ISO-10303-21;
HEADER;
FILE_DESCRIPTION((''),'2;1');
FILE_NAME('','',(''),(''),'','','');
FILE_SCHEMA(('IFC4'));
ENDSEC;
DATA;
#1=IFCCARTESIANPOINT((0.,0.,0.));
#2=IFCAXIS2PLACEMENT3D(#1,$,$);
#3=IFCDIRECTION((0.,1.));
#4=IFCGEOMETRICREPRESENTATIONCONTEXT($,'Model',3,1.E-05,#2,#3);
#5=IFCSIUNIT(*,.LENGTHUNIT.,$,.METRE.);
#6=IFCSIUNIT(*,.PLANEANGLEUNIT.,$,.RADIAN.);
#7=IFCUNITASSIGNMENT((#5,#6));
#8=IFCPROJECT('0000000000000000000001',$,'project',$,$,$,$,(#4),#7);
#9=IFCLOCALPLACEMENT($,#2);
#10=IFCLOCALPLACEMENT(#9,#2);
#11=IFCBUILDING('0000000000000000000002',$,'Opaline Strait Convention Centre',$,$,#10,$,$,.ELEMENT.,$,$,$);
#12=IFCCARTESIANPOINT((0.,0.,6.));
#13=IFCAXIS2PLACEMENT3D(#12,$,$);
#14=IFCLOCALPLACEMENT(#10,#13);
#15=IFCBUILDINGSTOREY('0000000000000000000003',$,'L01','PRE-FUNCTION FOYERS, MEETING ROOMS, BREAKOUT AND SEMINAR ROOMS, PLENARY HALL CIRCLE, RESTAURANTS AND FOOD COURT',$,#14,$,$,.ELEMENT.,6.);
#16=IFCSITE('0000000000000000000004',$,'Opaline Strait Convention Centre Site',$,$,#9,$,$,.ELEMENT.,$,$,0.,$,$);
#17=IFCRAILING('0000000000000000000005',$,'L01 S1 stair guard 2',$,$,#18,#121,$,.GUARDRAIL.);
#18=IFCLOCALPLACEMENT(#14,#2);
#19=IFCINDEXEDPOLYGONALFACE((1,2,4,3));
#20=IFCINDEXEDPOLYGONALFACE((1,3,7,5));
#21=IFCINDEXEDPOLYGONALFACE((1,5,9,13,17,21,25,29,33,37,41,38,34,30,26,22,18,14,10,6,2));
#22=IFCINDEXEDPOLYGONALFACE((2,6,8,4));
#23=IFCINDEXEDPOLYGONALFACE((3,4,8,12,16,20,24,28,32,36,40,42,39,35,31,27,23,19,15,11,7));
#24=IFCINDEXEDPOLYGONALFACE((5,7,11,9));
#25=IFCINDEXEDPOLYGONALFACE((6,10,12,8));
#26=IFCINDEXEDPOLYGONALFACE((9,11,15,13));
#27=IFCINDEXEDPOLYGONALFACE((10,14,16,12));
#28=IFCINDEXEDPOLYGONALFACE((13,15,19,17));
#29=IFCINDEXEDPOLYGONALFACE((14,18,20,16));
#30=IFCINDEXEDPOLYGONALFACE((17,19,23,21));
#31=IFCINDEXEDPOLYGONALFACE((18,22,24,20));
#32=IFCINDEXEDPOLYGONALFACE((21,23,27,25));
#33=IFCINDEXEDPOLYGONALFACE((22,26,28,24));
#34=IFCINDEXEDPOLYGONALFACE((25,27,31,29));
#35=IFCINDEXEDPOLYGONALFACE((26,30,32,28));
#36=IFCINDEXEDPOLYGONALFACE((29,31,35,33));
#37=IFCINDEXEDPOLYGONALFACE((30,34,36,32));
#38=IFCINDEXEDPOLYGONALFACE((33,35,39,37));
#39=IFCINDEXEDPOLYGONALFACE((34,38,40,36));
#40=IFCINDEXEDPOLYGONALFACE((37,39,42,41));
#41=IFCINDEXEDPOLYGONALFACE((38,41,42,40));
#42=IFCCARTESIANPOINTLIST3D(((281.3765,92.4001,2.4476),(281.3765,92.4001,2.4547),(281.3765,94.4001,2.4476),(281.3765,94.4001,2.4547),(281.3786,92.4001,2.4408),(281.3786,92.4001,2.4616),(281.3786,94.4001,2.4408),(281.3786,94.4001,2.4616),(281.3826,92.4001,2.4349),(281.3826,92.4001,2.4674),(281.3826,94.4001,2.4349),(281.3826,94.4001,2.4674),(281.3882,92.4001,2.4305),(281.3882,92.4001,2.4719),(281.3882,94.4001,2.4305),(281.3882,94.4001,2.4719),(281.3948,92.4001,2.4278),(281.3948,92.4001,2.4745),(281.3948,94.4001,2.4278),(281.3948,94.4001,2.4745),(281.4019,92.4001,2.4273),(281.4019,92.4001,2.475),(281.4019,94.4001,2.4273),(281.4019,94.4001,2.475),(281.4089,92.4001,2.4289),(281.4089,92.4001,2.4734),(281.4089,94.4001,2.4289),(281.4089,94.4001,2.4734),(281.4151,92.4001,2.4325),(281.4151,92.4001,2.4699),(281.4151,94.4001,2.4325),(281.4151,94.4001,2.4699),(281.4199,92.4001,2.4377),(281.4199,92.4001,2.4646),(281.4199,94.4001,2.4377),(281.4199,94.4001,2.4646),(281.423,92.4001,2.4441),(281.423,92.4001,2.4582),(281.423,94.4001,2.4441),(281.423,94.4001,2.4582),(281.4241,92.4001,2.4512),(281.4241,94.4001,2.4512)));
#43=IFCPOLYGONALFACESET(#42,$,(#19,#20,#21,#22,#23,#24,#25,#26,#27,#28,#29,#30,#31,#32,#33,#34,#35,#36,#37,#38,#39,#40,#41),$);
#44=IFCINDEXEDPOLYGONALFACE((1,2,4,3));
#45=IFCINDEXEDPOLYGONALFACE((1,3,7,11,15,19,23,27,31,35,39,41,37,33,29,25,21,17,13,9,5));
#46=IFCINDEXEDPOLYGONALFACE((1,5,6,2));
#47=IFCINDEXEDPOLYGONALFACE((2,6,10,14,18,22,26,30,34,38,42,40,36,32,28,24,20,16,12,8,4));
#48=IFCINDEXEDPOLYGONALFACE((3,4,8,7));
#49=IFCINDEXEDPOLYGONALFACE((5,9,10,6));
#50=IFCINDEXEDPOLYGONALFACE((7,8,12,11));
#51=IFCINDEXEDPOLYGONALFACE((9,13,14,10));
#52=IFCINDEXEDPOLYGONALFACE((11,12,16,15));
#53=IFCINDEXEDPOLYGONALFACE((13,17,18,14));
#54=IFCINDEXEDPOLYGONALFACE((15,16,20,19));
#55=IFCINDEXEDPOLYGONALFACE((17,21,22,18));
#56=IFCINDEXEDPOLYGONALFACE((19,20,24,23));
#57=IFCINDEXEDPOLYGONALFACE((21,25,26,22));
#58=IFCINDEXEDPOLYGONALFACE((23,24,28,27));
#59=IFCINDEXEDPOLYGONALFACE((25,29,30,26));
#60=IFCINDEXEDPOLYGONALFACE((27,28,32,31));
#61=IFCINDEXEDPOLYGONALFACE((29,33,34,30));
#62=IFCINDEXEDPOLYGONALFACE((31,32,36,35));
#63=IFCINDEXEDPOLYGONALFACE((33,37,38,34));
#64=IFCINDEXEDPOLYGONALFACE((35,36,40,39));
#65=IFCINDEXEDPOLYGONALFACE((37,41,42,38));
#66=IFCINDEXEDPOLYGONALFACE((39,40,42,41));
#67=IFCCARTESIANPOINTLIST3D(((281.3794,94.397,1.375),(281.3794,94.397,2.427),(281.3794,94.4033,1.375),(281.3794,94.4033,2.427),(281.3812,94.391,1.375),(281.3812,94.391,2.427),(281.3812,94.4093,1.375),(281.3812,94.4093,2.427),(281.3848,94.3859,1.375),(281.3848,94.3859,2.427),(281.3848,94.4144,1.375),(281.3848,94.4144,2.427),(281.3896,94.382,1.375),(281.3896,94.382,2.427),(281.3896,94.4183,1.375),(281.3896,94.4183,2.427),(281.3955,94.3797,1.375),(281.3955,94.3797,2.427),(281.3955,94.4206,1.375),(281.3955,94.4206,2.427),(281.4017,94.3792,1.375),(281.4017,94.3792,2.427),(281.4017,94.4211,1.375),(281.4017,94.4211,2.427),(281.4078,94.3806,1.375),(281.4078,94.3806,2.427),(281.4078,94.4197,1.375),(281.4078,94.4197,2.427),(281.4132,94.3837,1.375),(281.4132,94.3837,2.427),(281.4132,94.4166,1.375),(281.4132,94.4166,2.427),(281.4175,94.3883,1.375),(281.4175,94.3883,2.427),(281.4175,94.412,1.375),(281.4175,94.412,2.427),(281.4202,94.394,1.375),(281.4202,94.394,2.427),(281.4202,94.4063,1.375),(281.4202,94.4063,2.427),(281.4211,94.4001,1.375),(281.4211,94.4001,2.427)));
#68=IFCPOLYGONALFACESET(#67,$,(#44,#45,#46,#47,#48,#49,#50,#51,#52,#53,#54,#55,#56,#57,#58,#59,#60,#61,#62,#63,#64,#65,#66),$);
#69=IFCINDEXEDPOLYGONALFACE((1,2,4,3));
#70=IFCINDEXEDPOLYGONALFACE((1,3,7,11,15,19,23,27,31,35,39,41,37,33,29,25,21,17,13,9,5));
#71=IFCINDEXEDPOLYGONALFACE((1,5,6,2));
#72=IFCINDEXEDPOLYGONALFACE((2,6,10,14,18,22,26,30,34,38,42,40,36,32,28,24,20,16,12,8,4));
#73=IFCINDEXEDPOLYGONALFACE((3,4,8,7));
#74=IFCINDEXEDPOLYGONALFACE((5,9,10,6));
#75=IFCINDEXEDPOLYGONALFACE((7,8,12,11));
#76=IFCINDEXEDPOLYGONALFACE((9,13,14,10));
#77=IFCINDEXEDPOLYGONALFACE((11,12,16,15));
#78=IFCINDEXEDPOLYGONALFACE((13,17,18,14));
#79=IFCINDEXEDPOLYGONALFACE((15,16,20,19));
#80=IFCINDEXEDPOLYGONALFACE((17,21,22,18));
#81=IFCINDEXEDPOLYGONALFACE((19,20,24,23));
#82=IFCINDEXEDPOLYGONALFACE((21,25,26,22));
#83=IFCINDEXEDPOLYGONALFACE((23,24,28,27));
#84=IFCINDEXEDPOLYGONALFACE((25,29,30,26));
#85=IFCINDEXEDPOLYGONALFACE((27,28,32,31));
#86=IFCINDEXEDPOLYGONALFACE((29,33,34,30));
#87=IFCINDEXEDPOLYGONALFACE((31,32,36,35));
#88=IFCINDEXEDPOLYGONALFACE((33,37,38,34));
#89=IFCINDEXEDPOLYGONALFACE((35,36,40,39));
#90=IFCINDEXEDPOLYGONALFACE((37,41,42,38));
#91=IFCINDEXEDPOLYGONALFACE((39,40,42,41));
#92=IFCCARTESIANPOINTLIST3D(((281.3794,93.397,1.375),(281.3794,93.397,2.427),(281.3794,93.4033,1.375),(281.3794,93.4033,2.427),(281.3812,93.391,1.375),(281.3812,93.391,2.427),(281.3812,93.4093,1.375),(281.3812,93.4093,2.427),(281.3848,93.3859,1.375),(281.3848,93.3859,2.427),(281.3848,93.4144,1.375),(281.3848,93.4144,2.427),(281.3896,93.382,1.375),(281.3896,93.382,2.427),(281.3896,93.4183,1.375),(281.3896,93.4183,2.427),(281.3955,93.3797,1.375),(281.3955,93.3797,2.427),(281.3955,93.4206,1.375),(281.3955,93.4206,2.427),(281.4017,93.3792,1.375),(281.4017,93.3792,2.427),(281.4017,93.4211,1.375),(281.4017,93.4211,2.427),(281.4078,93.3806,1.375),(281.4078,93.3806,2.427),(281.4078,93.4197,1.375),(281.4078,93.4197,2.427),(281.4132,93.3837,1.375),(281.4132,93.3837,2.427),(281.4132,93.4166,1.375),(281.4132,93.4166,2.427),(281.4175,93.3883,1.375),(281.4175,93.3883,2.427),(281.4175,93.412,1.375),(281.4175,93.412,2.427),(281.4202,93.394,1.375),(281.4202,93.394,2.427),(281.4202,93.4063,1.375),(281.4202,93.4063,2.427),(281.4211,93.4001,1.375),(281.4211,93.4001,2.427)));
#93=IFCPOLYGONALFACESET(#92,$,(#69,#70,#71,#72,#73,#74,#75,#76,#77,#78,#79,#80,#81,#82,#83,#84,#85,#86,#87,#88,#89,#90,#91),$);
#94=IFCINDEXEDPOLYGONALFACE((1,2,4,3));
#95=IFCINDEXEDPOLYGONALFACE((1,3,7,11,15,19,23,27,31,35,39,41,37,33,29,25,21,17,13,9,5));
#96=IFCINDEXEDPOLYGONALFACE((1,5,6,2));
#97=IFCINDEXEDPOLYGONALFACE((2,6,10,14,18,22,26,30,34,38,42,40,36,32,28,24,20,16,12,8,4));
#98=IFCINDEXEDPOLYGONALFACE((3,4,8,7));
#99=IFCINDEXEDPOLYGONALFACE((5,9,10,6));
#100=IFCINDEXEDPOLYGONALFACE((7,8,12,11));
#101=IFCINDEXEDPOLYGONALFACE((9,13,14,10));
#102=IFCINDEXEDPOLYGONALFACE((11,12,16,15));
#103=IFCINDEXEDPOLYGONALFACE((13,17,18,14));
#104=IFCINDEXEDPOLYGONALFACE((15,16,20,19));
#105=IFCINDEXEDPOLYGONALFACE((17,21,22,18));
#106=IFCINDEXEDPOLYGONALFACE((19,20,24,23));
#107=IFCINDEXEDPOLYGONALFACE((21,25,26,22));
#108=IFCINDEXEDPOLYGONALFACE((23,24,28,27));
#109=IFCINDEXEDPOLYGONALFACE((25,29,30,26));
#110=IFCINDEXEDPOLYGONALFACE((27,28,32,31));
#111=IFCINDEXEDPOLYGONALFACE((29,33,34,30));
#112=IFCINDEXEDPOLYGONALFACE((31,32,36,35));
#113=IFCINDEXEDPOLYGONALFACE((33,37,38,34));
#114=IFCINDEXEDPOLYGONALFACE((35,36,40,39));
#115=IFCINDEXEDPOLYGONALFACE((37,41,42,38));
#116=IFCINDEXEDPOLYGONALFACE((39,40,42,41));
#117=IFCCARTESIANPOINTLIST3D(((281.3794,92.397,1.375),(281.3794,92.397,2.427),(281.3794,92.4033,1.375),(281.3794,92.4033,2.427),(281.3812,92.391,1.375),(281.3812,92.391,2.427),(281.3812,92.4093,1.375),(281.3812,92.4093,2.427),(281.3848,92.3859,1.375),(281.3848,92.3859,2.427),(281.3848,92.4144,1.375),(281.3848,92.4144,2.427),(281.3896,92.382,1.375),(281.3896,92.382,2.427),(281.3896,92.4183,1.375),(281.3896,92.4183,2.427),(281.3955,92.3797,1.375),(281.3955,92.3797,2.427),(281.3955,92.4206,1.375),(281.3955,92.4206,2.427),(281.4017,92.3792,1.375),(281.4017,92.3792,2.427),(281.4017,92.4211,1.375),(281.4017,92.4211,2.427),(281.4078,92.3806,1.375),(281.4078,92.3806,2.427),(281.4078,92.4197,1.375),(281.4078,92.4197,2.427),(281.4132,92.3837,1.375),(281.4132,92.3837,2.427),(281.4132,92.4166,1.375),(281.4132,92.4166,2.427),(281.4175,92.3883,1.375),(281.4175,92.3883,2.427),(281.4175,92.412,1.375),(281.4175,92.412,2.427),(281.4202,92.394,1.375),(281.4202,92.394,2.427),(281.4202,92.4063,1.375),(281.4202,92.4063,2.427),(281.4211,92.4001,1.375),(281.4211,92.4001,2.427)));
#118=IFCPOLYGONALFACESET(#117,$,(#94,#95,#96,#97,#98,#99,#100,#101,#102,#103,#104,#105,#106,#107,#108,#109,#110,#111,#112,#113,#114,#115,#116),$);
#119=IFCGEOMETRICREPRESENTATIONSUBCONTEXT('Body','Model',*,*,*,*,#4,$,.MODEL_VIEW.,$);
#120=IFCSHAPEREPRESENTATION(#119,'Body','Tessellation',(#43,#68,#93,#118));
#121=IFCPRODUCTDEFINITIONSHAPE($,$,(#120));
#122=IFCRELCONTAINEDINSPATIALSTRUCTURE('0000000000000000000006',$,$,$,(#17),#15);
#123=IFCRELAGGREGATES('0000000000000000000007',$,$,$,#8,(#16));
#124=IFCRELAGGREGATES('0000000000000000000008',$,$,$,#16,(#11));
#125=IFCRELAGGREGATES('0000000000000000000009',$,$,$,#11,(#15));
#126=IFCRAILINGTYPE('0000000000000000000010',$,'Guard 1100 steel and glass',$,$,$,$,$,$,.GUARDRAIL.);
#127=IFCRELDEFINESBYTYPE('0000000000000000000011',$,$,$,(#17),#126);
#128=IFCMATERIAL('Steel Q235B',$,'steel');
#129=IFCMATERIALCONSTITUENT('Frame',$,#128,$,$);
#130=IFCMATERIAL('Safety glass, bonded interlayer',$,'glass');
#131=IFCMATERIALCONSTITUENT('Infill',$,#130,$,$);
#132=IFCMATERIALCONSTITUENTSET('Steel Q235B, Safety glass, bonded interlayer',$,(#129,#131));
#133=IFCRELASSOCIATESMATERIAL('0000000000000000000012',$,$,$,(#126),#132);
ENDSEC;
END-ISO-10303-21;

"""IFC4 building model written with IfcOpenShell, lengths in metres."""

from ifc_helpers import new_model, si_unit, direction, frame, origin, origin_2d, place, context, subcontext, project, spatial, circle, extrude, material, constituent, constituent_set, type_object, element, save


model = new_model("IFC4")

# Units and contexts
model_context = context("Model", 3, precision=1e-05, world=origin(), true_north=direction((0.0, 1.0)))
body_context = subcontext(model_context, "Body", "Model", "MODEL_VIEW")
ifc_project = project(units=[si_unit("LENGTHUNIT", "METRE"), si_unit("PLANEANGLEUNIT", "RADIAN")], contexts=[model_context])

# Site, building, storey
site_placement = place(None, origin())
site = spatial("IfcSite", under=ifc_project, at=site_placement, Name="Opaline Strait Convention Centre Site", CompositionType="ELEMENT", RefElevation=0.0)
building_placement = place(site_placement, origin())
building = spatial("IfcBuilding", under=site, at=building_placement, Name="Opaline Strait Convention Centre", CompositionType="ELEMENT")
storey_placement = place(building_placement, frame((0.0, 0.0, 6.0)))
storey = spatial("IfcBuildingStorey", under=building, at=storey_placement, Name="L01", Description="PRE-FUNCTION FOYERS, MEETING ROOMS, BREAKOUT AND SEMINAR ROOMS, PLENARY HALL CIRCLE, RESTAURANTS AND FOOD COURT", CompositionType="ELEMENT", Elevation=6.0)

# Railing
ifc_material_1 = material(Name="Steel Q235B", Category="steel")
ifc_constituent_1 = constituent(ifc_material_1, Name="Frame")
ifc_material_2 = material(Name="Safety glass, bonded interlayer", Category="glass")
ifc_constituent_2 = constituent(ifc_material_2, Name="Infill")
ifc_constituent_set = constituent_set(constituents=[ifc_constituent_1, ifc_constituent_2], Name="Steel Q235B, Safety glass, bonded interlayer")
railing_type_1 = type_object("IfcRailingType", Name="Guard 1100 steel and glass", PredefinedType="GUARDRAIL", material=ifc_constituent_set)
railing_1_placement = place(storey_placement, frame((281.4001, 94.4001, 1.375)))
element("IfcRailing", 1, at=railing_1_placement, inside=storey, type_object=railing_type_1, Name="L01 S1 stair guard 2", PredefinedType="GUARDRAIL", context=body_context, shape_type="SweptSolid", body=[
    extrude(circle(Radius=0.0239, at=origin_2d()), frame((0.0, 0.0, 1.0762), z_axis=(0.0, -1.0, 0.0), x_axis=(1.0, 0.0, 0.0)), (0.0, 0.0, 1.0), 2.0),
    extrude(circle(Radius=0.021, at=origin_2d()), origin(), (0.0, 0.0, 1.0), 1.052),
    extrude(circle(Radius=0.021, at=origin_2d()), frame((0.0, -1.0, 0.0)), (0.0, 0.0, 1.0), 1.052),
    extrude(circle(Radius=0.021, at=origin_2d()), frame((0.0, -2.0, 0.0)), (0.0, 0.0, 1.0), 1.052),
])

save(model, "model.ifc")
